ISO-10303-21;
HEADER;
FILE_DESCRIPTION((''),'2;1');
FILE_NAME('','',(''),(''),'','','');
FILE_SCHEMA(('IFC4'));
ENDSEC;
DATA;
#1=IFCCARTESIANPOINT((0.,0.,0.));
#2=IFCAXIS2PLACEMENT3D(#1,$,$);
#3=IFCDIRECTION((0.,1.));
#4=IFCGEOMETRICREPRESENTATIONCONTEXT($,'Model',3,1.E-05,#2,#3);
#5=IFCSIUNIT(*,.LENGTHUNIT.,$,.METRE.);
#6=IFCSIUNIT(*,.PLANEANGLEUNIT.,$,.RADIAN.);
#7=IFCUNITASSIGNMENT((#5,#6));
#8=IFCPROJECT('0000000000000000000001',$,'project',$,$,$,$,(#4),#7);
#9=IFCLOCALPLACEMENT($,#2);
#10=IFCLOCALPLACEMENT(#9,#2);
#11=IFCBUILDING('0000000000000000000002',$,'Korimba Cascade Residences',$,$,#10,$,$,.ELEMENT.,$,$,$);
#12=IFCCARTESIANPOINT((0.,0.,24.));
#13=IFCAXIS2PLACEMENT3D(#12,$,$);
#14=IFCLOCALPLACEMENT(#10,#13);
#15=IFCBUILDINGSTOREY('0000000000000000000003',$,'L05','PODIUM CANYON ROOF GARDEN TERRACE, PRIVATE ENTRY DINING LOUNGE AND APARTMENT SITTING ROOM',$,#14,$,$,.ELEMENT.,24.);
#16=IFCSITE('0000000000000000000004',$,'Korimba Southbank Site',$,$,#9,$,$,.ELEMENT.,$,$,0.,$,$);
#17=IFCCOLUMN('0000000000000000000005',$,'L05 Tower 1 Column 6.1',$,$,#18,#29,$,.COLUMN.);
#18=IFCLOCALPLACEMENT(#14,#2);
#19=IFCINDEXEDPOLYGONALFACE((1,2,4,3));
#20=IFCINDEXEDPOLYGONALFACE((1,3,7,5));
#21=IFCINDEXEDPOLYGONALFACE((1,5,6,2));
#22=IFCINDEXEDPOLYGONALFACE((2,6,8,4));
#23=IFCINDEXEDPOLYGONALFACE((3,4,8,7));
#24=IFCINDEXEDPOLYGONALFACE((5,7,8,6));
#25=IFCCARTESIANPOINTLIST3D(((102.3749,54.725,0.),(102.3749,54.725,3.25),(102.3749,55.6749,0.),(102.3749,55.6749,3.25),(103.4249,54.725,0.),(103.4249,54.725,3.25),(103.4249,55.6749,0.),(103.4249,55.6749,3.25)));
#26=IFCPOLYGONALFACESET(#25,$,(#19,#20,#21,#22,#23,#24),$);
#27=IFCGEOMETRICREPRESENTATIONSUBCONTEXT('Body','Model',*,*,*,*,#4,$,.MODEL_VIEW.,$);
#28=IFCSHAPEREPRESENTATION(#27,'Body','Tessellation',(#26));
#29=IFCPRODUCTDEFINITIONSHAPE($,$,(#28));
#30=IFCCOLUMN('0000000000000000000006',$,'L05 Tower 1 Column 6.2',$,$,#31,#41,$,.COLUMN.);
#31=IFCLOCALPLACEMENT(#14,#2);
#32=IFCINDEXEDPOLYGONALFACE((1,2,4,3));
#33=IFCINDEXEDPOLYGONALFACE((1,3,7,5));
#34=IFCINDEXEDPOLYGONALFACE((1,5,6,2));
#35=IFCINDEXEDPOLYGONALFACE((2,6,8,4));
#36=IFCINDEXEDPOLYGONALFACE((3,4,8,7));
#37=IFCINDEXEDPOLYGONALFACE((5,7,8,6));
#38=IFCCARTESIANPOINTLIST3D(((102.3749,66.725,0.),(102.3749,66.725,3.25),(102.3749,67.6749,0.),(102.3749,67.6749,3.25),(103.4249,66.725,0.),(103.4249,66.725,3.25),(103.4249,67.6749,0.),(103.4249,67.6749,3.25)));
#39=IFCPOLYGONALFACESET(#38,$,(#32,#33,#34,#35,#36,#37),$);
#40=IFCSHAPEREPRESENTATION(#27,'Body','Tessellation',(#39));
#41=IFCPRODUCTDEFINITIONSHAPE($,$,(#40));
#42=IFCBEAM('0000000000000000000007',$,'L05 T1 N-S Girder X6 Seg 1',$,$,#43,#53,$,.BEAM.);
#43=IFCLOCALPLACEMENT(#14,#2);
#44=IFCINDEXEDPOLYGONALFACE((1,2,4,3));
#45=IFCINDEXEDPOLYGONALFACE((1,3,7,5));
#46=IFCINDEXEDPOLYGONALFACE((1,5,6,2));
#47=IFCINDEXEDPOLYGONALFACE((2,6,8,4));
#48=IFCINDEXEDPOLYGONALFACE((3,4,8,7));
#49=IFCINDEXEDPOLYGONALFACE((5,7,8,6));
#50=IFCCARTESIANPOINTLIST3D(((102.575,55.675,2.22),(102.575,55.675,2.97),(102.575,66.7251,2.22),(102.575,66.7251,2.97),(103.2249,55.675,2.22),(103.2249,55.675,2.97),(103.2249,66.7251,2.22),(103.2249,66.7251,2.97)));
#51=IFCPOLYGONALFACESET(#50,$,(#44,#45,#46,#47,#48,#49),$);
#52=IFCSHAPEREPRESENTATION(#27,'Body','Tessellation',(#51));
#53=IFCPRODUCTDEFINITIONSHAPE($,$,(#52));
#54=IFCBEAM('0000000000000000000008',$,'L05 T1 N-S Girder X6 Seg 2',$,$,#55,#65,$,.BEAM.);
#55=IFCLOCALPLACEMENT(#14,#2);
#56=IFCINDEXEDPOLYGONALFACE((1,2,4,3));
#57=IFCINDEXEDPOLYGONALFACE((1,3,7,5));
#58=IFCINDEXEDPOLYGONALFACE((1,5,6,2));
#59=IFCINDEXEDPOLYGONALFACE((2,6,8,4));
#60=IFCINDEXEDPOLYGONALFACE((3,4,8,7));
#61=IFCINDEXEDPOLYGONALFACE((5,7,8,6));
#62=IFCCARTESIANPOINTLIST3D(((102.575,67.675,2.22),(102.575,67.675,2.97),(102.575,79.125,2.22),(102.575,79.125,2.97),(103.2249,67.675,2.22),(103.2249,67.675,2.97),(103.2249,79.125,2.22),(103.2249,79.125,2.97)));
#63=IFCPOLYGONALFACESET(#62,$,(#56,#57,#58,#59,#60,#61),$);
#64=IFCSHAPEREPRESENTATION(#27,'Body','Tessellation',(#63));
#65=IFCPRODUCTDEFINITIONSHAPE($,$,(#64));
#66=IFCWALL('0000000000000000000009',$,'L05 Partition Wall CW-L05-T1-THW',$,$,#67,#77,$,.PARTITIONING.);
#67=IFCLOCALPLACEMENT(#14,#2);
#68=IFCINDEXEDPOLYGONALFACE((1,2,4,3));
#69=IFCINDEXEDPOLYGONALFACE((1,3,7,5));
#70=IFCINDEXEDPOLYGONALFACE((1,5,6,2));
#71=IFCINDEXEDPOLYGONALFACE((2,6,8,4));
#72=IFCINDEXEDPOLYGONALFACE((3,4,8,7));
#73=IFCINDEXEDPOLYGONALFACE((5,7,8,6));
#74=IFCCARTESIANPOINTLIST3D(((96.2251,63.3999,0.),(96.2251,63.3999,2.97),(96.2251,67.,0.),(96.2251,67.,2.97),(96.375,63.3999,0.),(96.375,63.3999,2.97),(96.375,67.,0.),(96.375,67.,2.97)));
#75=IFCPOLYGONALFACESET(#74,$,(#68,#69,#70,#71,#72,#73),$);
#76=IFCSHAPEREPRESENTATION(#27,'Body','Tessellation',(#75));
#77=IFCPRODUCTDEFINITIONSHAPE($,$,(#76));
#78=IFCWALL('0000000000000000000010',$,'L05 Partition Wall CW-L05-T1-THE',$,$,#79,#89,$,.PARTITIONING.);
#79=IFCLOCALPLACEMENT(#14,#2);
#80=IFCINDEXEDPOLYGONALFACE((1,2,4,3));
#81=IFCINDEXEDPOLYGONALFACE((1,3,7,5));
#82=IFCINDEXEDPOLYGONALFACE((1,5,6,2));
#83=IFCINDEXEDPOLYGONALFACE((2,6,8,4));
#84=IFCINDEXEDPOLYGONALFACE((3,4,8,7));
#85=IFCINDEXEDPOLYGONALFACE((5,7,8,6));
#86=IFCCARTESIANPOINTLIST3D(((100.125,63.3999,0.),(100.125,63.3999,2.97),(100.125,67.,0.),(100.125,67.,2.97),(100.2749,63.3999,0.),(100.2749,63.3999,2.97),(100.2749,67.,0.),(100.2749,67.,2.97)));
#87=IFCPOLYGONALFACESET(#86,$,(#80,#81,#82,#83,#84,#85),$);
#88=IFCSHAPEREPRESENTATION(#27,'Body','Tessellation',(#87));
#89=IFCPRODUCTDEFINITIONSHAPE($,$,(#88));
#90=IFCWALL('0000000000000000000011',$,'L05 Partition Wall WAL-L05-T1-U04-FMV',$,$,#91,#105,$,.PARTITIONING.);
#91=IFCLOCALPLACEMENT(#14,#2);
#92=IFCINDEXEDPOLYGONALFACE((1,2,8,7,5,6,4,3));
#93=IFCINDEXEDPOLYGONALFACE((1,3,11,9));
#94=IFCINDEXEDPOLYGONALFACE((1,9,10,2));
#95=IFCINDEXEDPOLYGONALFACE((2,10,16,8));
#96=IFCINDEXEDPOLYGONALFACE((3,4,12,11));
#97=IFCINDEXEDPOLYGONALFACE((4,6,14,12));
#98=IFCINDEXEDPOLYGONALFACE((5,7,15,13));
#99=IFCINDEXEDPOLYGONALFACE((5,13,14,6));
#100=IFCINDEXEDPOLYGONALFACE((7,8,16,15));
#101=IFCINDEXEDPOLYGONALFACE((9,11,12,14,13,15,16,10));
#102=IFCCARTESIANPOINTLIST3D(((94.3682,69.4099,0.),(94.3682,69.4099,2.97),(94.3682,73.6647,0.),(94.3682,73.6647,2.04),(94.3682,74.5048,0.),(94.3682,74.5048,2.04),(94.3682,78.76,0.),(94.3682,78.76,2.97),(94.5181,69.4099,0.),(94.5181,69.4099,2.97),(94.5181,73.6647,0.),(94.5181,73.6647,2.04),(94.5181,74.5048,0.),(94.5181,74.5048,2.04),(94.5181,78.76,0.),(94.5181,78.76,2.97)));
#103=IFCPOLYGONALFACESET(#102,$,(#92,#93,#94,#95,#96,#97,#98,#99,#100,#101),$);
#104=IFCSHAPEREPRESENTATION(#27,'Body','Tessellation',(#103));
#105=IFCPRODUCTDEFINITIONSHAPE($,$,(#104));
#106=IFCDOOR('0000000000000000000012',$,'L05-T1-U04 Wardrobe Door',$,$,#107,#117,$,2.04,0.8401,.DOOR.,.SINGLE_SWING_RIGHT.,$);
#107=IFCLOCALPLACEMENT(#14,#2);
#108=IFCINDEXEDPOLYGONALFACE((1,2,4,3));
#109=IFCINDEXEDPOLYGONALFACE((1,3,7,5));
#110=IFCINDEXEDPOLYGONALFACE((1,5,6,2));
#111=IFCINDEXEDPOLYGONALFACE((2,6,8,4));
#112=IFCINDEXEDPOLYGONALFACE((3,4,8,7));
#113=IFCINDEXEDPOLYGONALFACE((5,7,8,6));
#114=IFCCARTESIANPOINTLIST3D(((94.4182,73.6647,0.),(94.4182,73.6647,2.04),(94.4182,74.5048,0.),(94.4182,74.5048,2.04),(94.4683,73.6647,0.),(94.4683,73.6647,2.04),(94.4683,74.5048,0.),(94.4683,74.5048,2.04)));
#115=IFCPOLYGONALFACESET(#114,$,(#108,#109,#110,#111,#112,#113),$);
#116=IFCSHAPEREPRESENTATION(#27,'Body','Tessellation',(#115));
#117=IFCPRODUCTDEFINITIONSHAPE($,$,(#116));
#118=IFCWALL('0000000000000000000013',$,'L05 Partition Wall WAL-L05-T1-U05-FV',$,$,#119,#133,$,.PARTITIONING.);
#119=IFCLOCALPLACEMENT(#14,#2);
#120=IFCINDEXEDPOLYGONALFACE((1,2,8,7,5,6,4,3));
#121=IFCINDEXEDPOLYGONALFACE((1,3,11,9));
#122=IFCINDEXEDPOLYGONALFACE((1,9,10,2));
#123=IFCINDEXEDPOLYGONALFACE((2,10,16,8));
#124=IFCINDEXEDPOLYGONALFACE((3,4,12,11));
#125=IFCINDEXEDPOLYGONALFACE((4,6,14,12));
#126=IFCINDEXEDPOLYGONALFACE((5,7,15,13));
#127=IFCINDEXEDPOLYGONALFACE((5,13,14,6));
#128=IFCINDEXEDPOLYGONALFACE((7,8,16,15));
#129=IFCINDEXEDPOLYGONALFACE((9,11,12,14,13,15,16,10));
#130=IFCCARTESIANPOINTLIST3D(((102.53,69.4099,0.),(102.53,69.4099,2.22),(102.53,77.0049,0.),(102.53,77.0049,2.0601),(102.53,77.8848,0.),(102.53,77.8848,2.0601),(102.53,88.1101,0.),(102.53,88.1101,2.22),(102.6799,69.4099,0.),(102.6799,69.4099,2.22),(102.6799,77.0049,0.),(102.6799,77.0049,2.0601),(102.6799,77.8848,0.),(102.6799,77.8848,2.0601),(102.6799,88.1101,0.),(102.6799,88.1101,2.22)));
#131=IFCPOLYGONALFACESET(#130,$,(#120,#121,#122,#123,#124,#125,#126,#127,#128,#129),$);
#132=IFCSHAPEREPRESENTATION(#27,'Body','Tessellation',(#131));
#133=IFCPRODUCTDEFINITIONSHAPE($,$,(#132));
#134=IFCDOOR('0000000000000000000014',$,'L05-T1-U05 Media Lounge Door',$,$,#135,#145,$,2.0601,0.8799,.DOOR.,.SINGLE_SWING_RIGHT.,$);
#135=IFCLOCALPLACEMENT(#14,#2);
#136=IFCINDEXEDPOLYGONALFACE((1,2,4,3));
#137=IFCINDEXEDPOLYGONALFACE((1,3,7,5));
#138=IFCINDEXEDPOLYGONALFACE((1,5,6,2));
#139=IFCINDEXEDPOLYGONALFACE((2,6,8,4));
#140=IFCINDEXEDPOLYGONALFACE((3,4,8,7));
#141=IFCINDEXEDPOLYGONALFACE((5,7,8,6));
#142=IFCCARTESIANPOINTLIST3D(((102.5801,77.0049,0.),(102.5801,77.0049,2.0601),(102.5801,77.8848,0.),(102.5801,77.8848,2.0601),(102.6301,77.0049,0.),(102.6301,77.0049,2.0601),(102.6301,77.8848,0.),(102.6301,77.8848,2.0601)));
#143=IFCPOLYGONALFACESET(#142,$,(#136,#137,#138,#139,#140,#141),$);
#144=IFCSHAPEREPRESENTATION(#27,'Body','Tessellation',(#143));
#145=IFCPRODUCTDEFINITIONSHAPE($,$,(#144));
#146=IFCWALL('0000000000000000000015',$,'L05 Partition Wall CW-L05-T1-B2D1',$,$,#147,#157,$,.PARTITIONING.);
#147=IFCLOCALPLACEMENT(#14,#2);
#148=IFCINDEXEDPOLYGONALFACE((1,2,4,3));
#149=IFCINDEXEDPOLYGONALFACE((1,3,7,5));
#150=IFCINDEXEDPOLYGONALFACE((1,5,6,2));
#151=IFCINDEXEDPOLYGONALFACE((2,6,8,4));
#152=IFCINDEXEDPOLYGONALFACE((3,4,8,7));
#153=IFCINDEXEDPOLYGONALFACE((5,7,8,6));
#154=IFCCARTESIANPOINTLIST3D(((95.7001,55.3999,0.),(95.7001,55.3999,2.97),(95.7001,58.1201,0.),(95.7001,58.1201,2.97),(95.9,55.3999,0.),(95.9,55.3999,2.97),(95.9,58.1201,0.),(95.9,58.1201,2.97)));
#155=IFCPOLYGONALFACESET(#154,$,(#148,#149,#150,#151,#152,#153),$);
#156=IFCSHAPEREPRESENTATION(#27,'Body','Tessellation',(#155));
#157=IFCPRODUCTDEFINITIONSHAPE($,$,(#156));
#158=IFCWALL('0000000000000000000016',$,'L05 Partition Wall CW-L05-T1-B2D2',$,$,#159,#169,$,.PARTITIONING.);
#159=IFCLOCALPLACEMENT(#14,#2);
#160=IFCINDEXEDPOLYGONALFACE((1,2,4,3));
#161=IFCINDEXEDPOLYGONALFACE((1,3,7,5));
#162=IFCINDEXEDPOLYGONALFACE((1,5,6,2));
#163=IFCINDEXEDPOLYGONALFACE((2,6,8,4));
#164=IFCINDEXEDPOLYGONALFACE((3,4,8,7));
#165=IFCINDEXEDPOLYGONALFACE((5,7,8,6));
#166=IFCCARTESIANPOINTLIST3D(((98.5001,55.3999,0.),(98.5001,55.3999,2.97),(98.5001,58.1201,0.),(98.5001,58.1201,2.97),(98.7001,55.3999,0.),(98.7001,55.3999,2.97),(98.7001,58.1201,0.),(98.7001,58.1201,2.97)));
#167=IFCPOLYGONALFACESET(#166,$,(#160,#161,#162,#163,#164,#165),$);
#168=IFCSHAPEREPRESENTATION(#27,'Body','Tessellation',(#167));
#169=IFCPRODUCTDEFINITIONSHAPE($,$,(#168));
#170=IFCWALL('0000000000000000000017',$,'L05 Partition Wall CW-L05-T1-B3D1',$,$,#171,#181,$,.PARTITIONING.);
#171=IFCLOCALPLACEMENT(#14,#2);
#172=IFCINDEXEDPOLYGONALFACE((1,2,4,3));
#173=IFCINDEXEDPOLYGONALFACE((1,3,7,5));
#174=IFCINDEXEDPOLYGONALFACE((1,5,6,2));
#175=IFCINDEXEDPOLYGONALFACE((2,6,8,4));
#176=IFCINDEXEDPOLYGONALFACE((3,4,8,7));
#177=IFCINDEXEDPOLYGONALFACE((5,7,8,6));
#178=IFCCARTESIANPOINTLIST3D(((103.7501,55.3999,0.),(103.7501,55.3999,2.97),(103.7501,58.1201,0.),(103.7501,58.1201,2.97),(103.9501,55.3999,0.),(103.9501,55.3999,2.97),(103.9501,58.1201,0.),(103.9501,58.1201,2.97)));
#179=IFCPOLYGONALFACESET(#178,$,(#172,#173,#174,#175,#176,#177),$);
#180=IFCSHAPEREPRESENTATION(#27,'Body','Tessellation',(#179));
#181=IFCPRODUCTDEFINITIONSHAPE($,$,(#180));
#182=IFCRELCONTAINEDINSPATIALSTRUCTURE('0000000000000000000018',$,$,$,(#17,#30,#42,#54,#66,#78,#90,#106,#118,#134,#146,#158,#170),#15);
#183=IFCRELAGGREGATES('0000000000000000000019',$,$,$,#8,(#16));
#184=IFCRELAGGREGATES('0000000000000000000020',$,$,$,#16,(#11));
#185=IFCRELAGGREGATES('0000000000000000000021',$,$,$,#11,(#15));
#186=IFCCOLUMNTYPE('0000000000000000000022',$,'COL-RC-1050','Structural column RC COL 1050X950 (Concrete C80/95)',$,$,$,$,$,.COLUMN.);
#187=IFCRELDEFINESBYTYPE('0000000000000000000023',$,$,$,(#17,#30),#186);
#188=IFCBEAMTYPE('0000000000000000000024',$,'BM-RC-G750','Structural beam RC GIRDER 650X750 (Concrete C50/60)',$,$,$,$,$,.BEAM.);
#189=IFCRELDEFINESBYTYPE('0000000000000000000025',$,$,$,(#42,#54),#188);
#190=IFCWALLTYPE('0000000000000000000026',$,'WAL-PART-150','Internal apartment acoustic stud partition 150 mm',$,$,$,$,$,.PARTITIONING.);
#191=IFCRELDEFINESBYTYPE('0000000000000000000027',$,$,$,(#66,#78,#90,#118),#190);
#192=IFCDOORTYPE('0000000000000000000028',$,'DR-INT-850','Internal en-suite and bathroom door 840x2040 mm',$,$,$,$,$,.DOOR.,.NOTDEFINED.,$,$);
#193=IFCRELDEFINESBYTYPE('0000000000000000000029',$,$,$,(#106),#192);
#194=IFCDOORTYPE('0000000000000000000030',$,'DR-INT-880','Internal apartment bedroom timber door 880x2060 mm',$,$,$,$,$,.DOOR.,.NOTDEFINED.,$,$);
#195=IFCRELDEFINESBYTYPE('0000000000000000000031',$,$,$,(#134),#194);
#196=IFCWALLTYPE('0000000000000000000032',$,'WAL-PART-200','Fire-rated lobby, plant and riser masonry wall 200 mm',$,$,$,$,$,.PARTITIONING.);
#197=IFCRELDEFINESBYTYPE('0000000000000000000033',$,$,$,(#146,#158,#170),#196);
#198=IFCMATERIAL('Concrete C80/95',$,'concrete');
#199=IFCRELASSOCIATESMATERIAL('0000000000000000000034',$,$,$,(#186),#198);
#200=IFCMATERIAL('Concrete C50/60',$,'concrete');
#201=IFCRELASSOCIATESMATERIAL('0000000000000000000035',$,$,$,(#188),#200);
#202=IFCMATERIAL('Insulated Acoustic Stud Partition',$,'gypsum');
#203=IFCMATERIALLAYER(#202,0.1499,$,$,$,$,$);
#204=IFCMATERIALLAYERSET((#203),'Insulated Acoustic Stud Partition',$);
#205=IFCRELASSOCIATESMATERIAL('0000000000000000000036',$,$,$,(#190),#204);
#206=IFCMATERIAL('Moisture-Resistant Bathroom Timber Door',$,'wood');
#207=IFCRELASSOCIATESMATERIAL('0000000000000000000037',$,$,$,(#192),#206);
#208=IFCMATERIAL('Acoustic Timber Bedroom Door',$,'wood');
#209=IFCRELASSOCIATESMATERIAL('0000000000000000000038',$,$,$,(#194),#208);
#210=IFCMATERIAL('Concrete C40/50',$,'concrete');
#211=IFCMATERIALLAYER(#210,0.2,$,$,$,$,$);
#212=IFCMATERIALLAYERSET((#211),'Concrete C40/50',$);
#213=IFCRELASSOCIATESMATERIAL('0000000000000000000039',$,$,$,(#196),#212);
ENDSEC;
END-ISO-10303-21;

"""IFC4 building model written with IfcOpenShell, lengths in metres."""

from ifc_helpers import new_model, si_unit, direction, frame, frame_2d, origin, origin_2d, place, context, subcontext, project, spatial, rectangle, extrude, material, layer, layer_set, material_profile, profile_set, type_object, element, fill, save


model = new_model("IFC4")

# Units and contexts
model_context = context("Model", 3, precision=1e-05, world=origin(), true_north=direction((0.0, 1.0)))
body_context = subcontext(model_context, "Body", "Model", "MODEL_VIEW")
ifc_project = project(units=[si_unit("LENGTHUNIT", "METRE"), si_unit("PLANEANGLEUNIT", "RADIAN")], contexts=[model_context])

# Site, building, storey
site_placement = place(None, origin())
site = spatial("IfcSite", under=ifc_project, at=site_placement, Name="Korimba Southbank Site", CompositionType="ELEMENT", RefElevation=0.0)
building_placement = place(site_placement, origin())
building = spatial("IfcBuilding", under=site, at=building_placement, Name="Korimba Cascade Residences", CompositionType="ELEMENT")
storey_placement = place(building_placement, frame((0.0, 0.0, 24.0)))
storey = spatial("IfcBuildingStorey", under=building, at=storey_placement, Name="L05", Description="PODIUM CANYON ROOF GARDEN TERRACE, PRIVATE ENTRY DINING LOUNGE AND APARTMENT SITTING ROOM", CompositionType="ELEMENT", Elevation=24.0)

# Columns
ifc_material_1 = material(Name="Concrete C80/95", Category="concrete")
ifc_material_profile_1 = material_profile(ifc_material_1, rectangle(XDim=1.05, YDim=0.95, at=origin_2d()), Name="Concrete C80/95")
ifc_profile_set_1 = profile_set([ifc_material_profile_1], Name="Concrete C80/95")
column_type = type_object("IfcColumnType", Name="COL-RC-1050", Description="Structural column RC COL 1050X950 (Concrete C80/95)", PredefinedType="COLUMN", material=ifc_profile_set_1)
for number, where, z_axis, x_axis, name in (
    (1, (102.8999, 55.2, 0.0), (0.0, 0.0, 1.0), (1.0, 0.0, 0.0), "L05 Tower 1 Column 6.1"),
    (2, (102.8999, 67.2, 0.0), (0.0, 0.0, 1.0), (1.0, 0.0, 0.0), "L05 Tower 1 Column 6.2"),
):
    element("IfcColumn", number, at=place(storey_placement, frame(where, z_axis=z_axis, x_axis=x_axis)), inside=storey, type_object=column_type, Name=name, PredefinedType="COLUMN", context=body_context, shape_type="SweptSolid", body=[
        extrude(rectangle(XDim=1.05, YDim=0.95, at=origin_2d()), origin(), (0.0, 0.0, 1.0), 3.25),
    ])

# Beams
ifc_material_2 = material(Name="Concrete C50/60", Category="concrete")
ifc_material_profile_2 = material_profile(ifc_material_2, rectangle(XDim=0.6499, YDim=0.75, at=origin_2d()), Name="Concrete C50/60")
ifc_profile_set_2 = profile_set([ifc_material_profile_2], Name="Concrete C50/60")
beam_type = type_object("IfcBeamType", Name="BM-RC-G750", Description="Structural beam RC GIRDER 650X750 (Concrete C50/60)", PredefinedType="BEAM", material=ifc_profile_set_2)
beam_1_placement = place(storey_placement, frame((102.8999, 55.675, 2.595), z_axis=(0.0, 1.0, 0.0), x_axis=(-1.0, 0.0, 0.0)))
element("IfcBeam", 3, at=beam_1_placement, inside=storey, type_object=beam_type, Name="L05 T1 N-S Girder X6 Seg 1", PredefinedType="BEAM", context=body_context, shape_type="SweptSolid", body=[
    extrude(rectangle(XDim=0.6499, YDim=0.75, at=origin_2d()), origin(), (0.0, 0.0, 1.0), 11.05),
])
beam_2_placement = place(storey_placement, frame((102.8999, 67.675, 2.595), z_axis=(0.0, 1.0, 0.0), x_axis=(-1.0, 0.0, 0.0)))
element("IfcBeam", 4, at=beam_2_placement, inside=storey, type_object=beam_type, Name="L05 T1 N-S Girder X6 Seg 2", PredefinedType="BEAM", context=body_context, shape_type="SweptSolid", body=[
    extrude(rectangle(XDim=0.6499, YDim=0.75, at=origin_2d()), origin(), (0.0, 0.0, 1.0), 11.45),
])

# Walls
ifc_material_3 = material(Name="Insulated Acoustic Stud Partition", Category="gypsum")
ifc_layer_1 = layer(ifc_material_3, 0.1499)
ifc_layer_set_1 = layer_set([ifc_layer_1], Name="Insulated Acoustic Stud Partition")
wall_type_1 = type_object("IfcWallType", Name="WAL-PART-150", Description="Internal apartment acoustic stud partition 150 mm", PredefinedType="PARTITIONING", material=ifc_layer_set_1)
for number, where, z_axis, x_axis, name in (
    (5, (96.3, 63.3999, 0.0), (0.0, 0.0, 1.0), (0.0, 1.0, 0.0), "L05 Partition Wall CW-L05-T1-THW"),
    (6, (100.2, 63.3999, 0.0), (0.0, 0.0, 1.0), (0.0, 1.0, 0.0), "L05 Partition Wall CW-L05-T1-THE"),
):
    element("IfcWall", number, at=place(storey_placement, frame(where, z_axis=z_axis, x_axis=x_axis)), inside=storey, type_object=wall_type_1, Name=name, PredefinedType="PARTITIONING", context=body_context, shape_type="SweptSolid", body=[
        extrude(rectangle(XDim=3.6001, YDim=0.1499, at=frame_2d((1.8, 0.0))), origin(), (0.0, 0.0, 1.0), 2.97),
    ])

# Walls, openings, doors
wall_1_placement = place(storey_placement, frame((94.4431, 69.4099, 0.0), z_axis=(0.0, 0.0, 1.0), x_axis=(0.0, 1.0, 0.0)))
wall_1 = element("IfcWall", 7, at=wall_1_placement, inside=storey, type_object=wall_type_1, Name="L05 Partition Wall WAL-L05-T1-U04-FMV", PredefinedType="PARTITIONING", context=body_context, shape_type="SweptSolid", body=[
    extrude(rectangle(XDim=9.3501, YDim=0.1499, at=frame_2d((4.675, 0.0))), origin(), (0.0, 0.0, 1.0), 2.97),
])
opening_1_placement = place(wall_1_placement, frame((4.2549, 0.0, 0.0)))
opening_1 = element("IfcOpeningElement", 8, at=opening_1_placement, cuts=wall_1, PredefinedType="OPENING", context=body_context, shape_type="SweptSolid", body=[
    extrude(rectangle(XDim=0.8401, YDim=2.04, at=frame_2d((0.4199, 1.02))), frame((0.0, 0.085, 0.0), z_axis=(0.0, -1.0, 0.0), x_axis=(1.0, 0.0, 0.0)), (0.0, 0.0, 1.0), 0.1699),
])
ifc_material_4 = material(Name="Moisture-Resistant Bathroom Timber Door", Category="wood")
door_type_1 = type_object("IfcDoorType", Name="DR-INT-850", Description="Internal en-suite and bathroom door 840x2040 mm", OperationType="NOTDEFINED", PredefinedType="DOOR", material=ifc_material_4)
door_1_placement = place(opening_1_placement, origin())
door_1 = element("IfcDoor", 9, at=door_1_placement, inside=storey, type_object=door_type_1, Name="L05-T1-U04 Wardrobe Door", OperationType="SINGLE_SWING_RIGHT", OverallHeight=2.04, OverallWidth=0.8401, PredefinedType="DOOR", context=body_context, shape_type="SweptSolid", body=[
    extrude(rectangle(XDim=0.8401, YDim=2.04, at=frame_2d((0.4199, 1.02))), frame((0.0, 0.0249, 0.0), z_axis=(0.0, -1.0, 0.0), x_axis=(1.0, 0.0, 0.0)), (0.0, 0.0, 1.0), 0.05),
])
fill(opening_1, door_1)
wall_2_placement = place(storey_placement, frame((102.605, 69.4099, 0.0), z_axis=(0.0, 0.0, 1.0), x_axis=(0.0, 1.0, 0.0)))
wall_2 = element("IfcWall", 10, at=wall_2_placement, inside=storey, type_object=wall_type_1, Name="L05 Partition Wall WAL-L05-T1-U05-FV", PredefinedType="PARTITIONING", context=body_context, shape_type="SweptSolid", body=[
    extrude(rectangle(XDim=18.7002, YDim=0.1499, at=frame_2d((9.3501, 0.0))), origin(), (0.0, 0.0, 1.0), 2.22),
])
opening_2_placement = place(wall_2_placement, frame((7.595, 0.0, 0.0)))
opening_2 = element("IfcOpeningElement", 11, at=opening_2_placement, cuts=wall_2, PredefinedType="OPENING", context=body_context, shape_type="SweptSolid", body=[
    extrude(rectangle(XDim=0.8799, YDim=2.0601, at=frame_2d((0.4399, 1.03))), frame((0.0, 0.085, 0.0), z_axis=(0.0, -1.0, 0.0), x_axis=(1.0, 0.0, 0.0)), (0.0, 0.0, 1.0), 0.1699),
])
ifc_material_5 = material(Name="Acoustic Timber Bedroom Door", Category="wood")
door_type_2 = type_object("IfcDoorType", Name="DR-INT-880", Description="Internal apartment bedroom timber door 880x2060 mm", OperationType="NOTDEFINED", PredefinedType="DOOR", material=ifc_material_5)
door_2_placement = place(opening_2_placement, origin())
door_2 = element("IfcDoor", 12, at=door_2_placement, inside=storey, type_object=door_type_2, Name="L05-T1-U05 Media Lounge Door", OperationType="SINGLE_SWING_RIGHT", OverallHeight=2.0601, OverallWidth=0.8799, PredefinedType="DOOR", context=body_context, shape_type="SweptSolid", body=[
    extrude(rectangle(XDim=0.8799, YDim=2.0601, at=frame_2d((0.4399, 1.03))), frame((0.0, 0.0249, 0.0), z_axis=(0.0, -1.0, 0.0), x_axis=(1.0, 0.0, 0.0)), (0.0, 0.0, 1.0), 0.05),
])
fill(opening_2, door_2)

# Walls
ifc_material_6 = material(Name="Concrete C40/50", Category="concrete")
ifc_layer_2 = layer(ifc_material_6, 0.2)
ifc_layer_set_2 = layer_set([ifc_layer_2], Name="Concrete C40/50")
wall_type_2 = type_object("IfcWallType", Name="WAL-PART-200", Description="Fire-rated lobby, plant and riser masonry wall 200 mm", PredefinedType="PARTITIONING", material=ifc_layer_set_2)
for number, where, z_axis, x_axis, name in (
    (13, (95.8, 55.3999, 0.0), (0.0, 0.0, 1.0), (0.0, 1.0, 0.0), "L05 Partition Wall CW-L05-T1-B2D1"),
    (14, (98.6001, 55.3999, 0.0), (0.0, 0.0, 1.0), (0.0, 1.0, 0.0), "L05 Partition Wall CW-L05-T1-B2D2"),
    (15, (103.8501, 55.3999, 0.0), (0.0, 0.0, 1.0), (0.0, 1.0, 0.0), "L05 Partition Wall CW-L05-T1-B3D1"),
):
    element("IfcWall", number, at=place(storey_placement, frame(where, z_axis=z_axis, x_axis=x_axis)), inside=storey, type_object=wall_type_2, Name=name, PredefinedType="PARTITIONING", context=body_context, shape_type="SweptSolid", body=[
        extrude(rectangle(XDim=2.7202, YDim=0.2, at=frame_2d((1.3601, 0.0))), origin(), (0.0, 0.0, 1.0), 2.97),
    ])

save(model, "model.ifc")
